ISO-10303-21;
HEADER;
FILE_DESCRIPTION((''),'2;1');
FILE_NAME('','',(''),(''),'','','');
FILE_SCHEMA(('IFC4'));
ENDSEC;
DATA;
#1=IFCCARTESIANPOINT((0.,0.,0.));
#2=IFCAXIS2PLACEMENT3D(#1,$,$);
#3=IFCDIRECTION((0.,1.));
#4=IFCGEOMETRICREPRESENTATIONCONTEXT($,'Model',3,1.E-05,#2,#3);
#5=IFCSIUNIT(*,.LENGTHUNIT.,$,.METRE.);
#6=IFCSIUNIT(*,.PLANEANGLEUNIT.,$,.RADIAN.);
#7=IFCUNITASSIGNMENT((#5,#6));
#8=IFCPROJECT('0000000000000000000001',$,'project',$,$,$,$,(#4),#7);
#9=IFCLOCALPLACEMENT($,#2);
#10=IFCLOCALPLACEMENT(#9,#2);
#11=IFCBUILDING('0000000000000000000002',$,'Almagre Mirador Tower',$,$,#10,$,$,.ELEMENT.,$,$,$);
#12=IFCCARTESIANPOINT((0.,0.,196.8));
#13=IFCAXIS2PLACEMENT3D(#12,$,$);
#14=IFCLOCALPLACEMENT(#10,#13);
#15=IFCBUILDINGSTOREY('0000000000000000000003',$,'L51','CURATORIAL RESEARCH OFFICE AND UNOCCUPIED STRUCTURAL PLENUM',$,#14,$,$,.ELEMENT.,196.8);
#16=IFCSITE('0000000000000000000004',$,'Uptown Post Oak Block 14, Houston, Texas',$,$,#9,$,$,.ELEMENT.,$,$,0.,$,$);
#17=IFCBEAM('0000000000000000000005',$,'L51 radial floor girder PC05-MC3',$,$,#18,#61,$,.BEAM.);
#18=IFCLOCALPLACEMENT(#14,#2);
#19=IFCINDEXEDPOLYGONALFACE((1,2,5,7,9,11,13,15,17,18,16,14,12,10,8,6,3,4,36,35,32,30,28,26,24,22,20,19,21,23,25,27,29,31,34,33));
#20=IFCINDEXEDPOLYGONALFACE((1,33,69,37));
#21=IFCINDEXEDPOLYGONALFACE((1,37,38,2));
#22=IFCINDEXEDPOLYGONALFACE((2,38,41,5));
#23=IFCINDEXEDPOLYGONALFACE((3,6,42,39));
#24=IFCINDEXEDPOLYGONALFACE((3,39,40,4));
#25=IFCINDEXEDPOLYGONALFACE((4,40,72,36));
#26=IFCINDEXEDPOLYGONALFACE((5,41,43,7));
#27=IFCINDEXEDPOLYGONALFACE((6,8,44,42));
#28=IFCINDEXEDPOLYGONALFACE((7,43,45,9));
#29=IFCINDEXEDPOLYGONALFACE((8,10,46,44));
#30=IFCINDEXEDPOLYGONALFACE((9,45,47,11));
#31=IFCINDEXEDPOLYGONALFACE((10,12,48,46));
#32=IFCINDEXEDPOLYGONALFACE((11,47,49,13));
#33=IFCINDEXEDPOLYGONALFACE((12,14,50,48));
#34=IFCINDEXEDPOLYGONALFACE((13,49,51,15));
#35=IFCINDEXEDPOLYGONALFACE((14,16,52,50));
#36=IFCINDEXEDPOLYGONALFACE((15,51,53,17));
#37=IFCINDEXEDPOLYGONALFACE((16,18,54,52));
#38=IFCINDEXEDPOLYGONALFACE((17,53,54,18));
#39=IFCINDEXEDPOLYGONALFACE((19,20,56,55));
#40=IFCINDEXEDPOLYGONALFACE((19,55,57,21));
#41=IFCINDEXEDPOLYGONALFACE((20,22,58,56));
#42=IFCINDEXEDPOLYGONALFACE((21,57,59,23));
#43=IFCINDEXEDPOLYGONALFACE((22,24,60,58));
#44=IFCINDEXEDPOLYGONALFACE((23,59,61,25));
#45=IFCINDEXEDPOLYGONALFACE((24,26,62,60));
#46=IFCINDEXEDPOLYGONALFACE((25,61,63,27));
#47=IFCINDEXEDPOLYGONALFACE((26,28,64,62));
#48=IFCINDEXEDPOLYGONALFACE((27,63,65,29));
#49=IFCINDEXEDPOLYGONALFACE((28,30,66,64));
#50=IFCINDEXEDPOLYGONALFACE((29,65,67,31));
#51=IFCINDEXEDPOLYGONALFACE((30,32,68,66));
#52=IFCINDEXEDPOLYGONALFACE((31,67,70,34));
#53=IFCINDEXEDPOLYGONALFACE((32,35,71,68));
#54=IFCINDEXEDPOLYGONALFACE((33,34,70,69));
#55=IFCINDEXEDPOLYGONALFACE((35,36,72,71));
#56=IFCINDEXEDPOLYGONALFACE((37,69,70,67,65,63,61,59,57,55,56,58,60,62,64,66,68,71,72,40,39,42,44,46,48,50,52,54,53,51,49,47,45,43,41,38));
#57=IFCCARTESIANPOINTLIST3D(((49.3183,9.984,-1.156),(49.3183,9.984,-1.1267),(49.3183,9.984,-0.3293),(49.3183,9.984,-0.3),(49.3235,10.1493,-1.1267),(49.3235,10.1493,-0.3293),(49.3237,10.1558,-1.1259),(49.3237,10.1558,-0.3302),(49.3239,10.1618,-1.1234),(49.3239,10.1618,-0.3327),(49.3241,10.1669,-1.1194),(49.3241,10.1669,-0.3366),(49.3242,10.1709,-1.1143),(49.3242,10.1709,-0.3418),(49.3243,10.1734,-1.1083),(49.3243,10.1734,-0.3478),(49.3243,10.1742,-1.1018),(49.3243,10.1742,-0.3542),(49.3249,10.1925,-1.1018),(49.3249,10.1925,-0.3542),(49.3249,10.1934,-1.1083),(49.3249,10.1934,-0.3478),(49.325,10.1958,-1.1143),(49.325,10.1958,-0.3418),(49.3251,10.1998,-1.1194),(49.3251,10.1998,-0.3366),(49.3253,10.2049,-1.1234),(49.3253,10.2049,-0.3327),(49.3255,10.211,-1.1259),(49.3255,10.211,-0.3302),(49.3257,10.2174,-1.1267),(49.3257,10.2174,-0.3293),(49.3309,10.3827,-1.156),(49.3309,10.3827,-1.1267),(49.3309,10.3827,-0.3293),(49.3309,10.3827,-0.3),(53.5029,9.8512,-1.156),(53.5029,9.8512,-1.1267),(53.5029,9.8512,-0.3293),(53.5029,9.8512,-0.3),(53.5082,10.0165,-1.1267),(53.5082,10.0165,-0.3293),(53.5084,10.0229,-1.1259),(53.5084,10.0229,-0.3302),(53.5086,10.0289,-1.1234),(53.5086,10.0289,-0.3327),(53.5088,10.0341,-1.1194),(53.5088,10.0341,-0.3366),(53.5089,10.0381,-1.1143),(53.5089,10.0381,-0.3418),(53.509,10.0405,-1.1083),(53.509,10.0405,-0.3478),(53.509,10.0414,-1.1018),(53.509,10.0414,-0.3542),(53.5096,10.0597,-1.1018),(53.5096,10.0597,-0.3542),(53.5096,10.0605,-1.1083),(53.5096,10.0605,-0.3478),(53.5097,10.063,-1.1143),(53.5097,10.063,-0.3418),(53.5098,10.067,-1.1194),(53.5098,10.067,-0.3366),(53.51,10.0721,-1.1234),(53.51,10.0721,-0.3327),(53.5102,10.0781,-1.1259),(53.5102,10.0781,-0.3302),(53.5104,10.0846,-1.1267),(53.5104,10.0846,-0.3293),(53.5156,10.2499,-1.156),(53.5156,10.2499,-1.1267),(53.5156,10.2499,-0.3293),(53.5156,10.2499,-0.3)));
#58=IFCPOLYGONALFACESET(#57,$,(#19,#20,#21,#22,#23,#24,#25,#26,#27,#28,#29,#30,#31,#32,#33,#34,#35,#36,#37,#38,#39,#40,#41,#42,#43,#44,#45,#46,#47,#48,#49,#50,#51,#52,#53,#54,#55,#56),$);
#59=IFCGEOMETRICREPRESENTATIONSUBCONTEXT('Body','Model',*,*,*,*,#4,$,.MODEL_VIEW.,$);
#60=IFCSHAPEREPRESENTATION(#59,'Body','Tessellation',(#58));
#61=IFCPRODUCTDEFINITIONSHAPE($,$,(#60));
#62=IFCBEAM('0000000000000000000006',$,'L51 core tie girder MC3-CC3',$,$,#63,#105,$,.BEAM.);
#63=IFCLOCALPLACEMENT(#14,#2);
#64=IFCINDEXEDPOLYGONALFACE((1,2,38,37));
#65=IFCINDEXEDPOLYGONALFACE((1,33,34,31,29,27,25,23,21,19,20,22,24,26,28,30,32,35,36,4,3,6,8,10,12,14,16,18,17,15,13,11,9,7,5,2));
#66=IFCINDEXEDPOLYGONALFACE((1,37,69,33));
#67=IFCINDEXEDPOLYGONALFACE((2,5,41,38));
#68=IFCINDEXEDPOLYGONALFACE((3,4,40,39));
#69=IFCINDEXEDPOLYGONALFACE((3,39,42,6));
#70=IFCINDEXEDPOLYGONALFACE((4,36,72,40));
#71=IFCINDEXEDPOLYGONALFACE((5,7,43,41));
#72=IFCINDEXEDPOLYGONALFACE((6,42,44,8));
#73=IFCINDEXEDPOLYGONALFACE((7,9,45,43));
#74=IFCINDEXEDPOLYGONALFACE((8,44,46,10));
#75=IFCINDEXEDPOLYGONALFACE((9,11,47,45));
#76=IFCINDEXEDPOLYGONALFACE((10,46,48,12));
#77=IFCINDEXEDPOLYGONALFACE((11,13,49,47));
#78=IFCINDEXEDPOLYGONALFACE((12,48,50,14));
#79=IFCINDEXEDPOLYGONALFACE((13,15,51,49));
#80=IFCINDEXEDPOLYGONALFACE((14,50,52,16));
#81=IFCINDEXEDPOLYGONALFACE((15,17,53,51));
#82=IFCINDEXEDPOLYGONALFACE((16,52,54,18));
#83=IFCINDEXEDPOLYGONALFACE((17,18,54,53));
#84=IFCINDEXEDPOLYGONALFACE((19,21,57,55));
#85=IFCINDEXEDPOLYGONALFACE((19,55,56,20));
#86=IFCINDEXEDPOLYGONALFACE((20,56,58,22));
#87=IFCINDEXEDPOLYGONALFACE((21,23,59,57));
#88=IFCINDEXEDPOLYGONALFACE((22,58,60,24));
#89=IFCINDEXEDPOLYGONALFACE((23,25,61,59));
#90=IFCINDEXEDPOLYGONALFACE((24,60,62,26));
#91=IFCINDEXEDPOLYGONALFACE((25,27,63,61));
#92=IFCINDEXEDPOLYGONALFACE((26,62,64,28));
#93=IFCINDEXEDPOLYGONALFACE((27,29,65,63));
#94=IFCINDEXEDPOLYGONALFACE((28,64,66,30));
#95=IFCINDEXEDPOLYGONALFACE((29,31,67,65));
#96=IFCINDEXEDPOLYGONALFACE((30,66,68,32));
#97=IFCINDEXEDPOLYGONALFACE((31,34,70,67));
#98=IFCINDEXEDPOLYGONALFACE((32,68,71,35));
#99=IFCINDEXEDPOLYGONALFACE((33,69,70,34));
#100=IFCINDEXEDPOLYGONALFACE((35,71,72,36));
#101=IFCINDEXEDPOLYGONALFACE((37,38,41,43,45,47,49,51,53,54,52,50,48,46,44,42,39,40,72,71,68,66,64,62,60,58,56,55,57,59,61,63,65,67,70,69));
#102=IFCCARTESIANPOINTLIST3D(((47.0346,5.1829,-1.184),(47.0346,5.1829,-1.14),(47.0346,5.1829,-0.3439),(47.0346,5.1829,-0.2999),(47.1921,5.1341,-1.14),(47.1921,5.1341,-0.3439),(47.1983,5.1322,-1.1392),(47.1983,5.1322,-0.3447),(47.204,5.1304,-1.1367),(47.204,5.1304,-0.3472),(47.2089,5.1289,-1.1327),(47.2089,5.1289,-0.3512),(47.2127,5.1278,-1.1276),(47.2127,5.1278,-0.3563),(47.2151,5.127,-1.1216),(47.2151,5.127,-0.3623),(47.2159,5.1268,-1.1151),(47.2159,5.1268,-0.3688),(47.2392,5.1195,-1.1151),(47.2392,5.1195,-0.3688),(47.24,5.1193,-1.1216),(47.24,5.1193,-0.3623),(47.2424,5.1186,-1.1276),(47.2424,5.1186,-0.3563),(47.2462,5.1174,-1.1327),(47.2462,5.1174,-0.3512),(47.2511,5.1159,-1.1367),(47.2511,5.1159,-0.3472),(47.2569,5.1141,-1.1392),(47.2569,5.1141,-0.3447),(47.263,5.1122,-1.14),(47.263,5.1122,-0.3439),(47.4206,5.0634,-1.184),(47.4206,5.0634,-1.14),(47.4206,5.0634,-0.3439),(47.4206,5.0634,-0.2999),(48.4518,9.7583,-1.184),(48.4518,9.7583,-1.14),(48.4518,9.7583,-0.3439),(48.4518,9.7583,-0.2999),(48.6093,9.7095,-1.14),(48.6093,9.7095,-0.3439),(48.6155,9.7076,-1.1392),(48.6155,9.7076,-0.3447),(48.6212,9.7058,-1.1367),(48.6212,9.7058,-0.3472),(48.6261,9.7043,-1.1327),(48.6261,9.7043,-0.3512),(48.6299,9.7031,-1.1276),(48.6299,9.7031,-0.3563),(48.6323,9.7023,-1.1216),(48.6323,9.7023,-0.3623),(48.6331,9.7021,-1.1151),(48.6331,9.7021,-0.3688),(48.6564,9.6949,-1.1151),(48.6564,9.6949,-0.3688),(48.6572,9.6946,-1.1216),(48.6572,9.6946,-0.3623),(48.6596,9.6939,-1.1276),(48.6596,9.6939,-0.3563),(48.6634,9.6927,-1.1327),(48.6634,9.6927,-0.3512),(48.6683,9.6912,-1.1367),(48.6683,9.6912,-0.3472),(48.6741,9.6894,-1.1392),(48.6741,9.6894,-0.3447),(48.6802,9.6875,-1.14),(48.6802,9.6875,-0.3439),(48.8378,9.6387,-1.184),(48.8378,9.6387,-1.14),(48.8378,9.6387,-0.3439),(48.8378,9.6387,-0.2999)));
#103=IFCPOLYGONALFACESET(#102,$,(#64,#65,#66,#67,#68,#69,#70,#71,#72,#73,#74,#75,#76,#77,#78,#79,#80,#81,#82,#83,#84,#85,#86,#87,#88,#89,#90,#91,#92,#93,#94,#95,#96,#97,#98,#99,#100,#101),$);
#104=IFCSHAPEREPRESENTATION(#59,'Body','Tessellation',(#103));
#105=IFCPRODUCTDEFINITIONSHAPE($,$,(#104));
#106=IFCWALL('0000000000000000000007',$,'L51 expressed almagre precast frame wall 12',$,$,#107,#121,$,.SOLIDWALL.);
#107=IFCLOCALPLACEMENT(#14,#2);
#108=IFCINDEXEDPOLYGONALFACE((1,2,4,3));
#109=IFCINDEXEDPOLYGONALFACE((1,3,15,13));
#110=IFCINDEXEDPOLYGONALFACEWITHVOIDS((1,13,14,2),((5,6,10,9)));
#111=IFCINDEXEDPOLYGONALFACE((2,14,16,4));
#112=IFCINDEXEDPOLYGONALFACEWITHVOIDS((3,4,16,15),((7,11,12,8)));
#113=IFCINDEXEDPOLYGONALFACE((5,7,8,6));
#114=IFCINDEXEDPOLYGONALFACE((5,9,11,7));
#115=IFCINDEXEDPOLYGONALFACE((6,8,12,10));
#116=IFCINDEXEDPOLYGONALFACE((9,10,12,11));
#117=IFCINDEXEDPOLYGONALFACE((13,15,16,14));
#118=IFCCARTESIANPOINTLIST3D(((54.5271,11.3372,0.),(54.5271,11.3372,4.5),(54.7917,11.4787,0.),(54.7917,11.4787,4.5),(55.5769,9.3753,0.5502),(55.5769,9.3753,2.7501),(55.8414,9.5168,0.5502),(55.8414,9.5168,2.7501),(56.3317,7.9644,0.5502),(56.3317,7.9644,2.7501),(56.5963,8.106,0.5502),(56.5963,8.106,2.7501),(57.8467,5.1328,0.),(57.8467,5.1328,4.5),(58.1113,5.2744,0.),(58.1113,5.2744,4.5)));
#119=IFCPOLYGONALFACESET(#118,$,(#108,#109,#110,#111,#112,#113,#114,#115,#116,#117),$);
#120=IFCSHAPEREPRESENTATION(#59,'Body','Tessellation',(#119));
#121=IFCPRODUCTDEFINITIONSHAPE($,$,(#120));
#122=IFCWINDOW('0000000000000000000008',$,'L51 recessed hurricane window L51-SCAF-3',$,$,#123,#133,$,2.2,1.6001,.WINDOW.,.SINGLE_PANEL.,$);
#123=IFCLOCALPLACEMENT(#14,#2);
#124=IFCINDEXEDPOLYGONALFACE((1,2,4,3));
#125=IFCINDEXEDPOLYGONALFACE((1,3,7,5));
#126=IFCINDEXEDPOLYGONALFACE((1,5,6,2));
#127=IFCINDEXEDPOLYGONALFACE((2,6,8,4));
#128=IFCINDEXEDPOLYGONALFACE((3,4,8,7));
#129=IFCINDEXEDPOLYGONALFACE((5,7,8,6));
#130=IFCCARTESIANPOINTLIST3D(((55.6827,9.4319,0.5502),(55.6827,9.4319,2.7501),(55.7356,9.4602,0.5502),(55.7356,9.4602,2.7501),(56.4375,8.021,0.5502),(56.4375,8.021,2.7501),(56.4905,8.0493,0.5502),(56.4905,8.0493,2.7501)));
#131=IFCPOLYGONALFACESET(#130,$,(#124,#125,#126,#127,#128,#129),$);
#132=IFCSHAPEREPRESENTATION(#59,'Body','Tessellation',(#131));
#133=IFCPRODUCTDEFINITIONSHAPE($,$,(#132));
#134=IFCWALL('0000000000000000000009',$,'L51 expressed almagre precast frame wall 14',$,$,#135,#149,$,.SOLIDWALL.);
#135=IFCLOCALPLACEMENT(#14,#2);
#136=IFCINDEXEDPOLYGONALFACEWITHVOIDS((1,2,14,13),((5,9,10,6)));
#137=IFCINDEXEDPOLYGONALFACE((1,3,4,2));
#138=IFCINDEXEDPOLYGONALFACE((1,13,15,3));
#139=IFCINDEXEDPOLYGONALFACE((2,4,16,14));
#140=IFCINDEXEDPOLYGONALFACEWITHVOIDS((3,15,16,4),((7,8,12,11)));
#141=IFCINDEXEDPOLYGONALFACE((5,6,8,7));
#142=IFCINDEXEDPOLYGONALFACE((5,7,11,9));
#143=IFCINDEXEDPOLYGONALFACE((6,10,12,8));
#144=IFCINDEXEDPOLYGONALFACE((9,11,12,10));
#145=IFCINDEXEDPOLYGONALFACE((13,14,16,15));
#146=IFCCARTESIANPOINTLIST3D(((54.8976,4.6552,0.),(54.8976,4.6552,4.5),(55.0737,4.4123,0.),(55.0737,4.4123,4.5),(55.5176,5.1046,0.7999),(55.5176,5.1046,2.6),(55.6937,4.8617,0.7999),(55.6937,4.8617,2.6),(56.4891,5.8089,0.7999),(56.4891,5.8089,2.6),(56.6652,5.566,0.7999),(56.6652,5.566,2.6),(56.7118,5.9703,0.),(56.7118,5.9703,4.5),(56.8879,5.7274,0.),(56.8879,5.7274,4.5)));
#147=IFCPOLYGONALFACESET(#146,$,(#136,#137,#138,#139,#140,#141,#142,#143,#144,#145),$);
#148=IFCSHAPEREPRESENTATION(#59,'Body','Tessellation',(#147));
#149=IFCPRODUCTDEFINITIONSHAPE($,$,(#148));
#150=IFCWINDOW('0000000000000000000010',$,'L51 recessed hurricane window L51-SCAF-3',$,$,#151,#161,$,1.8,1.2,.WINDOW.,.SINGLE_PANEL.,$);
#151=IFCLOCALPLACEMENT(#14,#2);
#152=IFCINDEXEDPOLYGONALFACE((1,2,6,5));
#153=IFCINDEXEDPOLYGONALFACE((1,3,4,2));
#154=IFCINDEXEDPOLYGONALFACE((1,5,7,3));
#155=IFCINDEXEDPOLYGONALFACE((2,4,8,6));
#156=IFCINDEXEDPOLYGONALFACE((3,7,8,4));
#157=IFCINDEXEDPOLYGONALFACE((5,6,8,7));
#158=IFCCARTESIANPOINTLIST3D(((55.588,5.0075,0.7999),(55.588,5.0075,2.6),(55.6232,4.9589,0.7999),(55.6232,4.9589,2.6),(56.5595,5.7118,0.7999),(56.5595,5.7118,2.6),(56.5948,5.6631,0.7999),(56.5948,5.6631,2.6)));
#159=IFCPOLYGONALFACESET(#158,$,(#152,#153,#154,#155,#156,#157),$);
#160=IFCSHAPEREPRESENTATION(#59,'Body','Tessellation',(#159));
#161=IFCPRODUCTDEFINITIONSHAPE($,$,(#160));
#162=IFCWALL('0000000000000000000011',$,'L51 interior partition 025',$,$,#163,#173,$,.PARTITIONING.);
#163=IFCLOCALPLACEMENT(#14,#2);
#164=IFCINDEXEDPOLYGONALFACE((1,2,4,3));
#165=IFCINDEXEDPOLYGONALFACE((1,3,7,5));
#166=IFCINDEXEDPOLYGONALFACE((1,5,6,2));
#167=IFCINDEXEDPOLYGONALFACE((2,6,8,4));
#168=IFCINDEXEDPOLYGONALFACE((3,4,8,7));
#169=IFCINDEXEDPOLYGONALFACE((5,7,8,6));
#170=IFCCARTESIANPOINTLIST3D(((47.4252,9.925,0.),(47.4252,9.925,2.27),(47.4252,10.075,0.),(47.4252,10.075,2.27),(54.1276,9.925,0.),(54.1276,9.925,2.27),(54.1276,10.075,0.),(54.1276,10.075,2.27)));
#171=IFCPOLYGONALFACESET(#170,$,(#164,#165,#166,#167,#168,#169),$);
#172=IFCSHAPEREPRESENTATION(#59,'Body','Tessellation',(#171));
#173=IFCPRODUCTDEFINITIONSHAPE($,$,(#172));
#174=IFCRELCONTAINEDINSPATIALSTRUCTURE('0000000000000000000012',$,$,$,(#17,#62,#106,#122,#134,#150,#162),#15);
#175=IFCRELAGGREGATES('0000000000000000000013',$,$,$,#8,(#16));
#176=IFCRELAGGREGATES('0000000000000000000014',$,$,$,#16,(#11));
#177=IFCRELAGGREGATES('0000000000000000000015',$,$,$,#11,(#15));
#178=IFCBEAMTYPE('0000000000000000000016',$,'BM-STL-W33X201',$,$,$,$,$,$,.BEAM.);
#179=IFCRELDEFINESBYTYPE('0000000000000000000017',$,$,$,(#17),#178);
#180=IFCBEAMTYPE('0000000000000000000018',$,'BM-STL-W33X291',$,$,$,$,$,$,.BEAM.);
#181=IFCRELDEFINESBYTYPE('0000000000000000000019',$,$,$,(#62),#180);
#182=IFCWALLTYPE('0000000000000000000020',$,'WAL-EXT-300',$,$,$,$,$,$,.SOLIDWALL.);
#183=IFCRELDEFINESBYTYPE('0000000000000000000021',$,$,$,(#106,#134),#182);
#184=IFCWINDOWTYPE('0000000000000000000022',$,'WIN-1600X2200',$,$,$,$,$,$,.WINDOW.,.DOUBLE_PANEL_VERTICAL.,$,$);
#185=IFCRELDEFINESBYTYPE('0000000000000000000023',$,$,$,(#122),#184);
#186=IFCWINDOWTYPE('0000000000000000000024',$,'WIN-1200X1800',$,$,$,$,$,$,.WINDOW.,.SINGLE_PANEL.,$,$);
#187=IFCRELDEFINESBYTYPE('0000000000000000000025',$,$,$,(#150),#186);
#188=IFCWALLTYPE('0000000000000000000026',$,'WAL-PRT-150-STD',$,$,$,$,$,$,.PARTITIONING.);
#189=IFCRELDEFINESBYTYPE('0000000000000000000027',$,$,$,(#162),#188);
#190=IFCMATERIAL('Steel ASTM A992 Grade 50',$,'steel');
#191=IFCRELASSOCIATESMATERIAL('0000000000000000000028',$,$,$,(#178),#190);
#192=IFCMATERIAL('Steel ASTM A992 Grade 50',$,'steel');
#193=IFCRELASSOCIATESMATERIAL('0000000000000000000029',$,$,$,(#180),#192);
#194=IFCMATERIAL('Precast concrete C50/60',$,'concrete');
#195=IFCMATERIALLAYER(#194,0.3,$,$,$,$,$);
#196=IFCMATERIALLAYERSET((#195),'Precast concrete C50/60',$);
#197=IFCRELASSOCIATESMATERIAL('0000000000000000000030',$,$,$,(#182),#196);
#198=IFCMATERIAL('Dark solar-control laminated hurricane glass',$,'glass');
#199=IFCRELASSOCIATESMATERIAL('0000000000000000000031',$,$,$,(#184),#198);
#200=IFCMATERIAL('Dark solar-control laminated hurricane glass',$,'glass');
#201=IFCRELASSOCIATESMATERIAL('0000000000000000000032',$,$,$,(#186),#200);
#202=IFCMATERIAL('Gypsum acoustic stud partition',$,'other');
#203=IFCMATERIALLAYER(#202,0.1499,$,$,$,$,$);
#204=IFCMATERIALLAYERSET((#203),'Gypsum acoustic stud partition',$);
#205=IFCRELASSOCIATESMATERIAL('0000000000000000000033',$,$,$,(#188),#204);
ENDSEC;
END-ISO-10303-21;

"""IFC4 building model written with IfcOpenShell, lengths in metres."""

from ifc_helpers import new_model, si_unit, direction, frame, frame_2d, origin, origin_2d, place, context, subcontext, project, spatial, rectangle, i_section, extrude, material, layer, layer_set, material_profile, profile_set, type_object, element, fill, save


model = new_model("IFC4")

# Units and contexts
model_context = context("Model", 3, precision=1e-05, world=origin(), true_north=direction((0.0, 1.0)))
body_context = subcontext(model_context, "Body", "Model", "MODEL_VIEW")
ifc_project = project(units=[si_unit("LENGTHUNIT", "METRE"), si_unit("PLANEANGLEUNIT", "RADIAN")], contexts=[model_context])

# Site, building, storey
site_placement = place(None, origin())
site = spatial("IfcSite", under=ifc_project, at=site_placement, Name="Uptown Post Oak Block 14, Houston, Texas", CompositionType="ELEMENT", RefElevation=0.0)
building_placement = place(site_placement, origin())
building = spatial("IfcBuilding", under=site, at=building_placement, Name="Almagre Mirador Tower", CompositionType="ELEMENT")
storey_placement = place(building_placement, frame((0.0, 0.0, 196.8)))
storey = spatial("IfcBuildingStorey", under=building, at=storey_placement, Name="L51", Description="CURATORIAL RESEARCH OFFICE AND UNOCCUPIED STRUCTURAL PLENUM", CompositionType="ELEMENT", Elevation=196.8)

# Beams
ifc_material_1 = material(Name="Steel ASTM A992 Grade 50", Category="steel")
ifc_material_profile_1 = material_profile(ifc_material_1, i_section(OverallWidth=0.3989, OverallDepth=0.856, WebThickness=0.0183, FlangeThickness=0.0293, FilletRadius=0.0249, at=origin_2d()), Name="W33X201")
ifc_profile_set_1 = profile_set([ifc_material_profile_1], Name="Steel ASTM A992 Grade 50")
beam_type_1 = type_object("IfcBeamType", Name="BM-STL-W33X201", PredefinedType="BEAM", material=ifc_profile_set_1)
beam_1_placement = place(storey_placement, frame((53.5093, 10.0505, -0.728), z_axis=(-0.999497, 0.031723, 0.0), x_axis=(-0.031723, -0.999497, 0.0)))
element("IfcBeam", 1, at=beam_1_placement, inside=storey, type_object=beam_type_1, Name="L51 radial floor girder PC05-MC3", PredefinedType="BEAM", context=body_context, shape_type="SweptSolid", body=[
    extrude(i_section(OverallWidth=0.3989, OverallDepth=0.856, WebThickness=0.0183, FlangeThickness=0.0293, FilletRadius=0.0249, at=origin_2d()), origin(), (0.0, 0.0, 1.0), 4.1868),
])
ifc_material_2 = material(Name="Steel ASTM A992 Grade 50", Category="steel")
ifc_material_profile_2 = material_profile(ifc_material_2, i_section(OverallWidth=0.4041, OverallDepth=0.884, WebThickness=0.0244, FlangeThickness=0.0439, FilletRadius=0.0249, at=origin_2d()), Name="W33X291")
ifc_profile_set_2 = profile_set([ifc_material_profile_2], Name="Steel ASTM A992 Grade 50")
beam_type_2 = type_object("IfcBeamType", Name="BM-STL-W33X291", PredefinedType="BEAM", material=ifc_profile_set_2)
beam_2_placement = place(storey_placement, frame((48.6448, 9.6985, -0.7419), z_axis=(-0.29588, -0.955225, 0.0), x_axis=(0.955225, -0.29588, 0.0)))
element("IfcBeam", 2, at=beam_2_placement, inside=storey, type_object=beam_type_2, Name="L51 core tie girder MC3-CC3", PredefinedType="BEAM", context=body_context, shape_type="SweptSolid", body=[
    extrude(i_section(OverallWidth=0.4041, OverallDepth=0.884, WebThickness=0.0244, FlangeThickness=0.0439, FilletRadius=0.0249, at=origin_2d()), origin(), (0.0, 0.0, 1.0), 4.7898),
])

# Walls, openings, windows
ifc_material_3 = material(Name="Precast concrete C50/60", Category="concrete")
ifc_layer_1 = layer(ifc_material_3, 0.3)
ifc_layer_set_1 = layer_set([ifc_layer_1], Name="Precast concrete C50/60")
wall_type_1 = type_object("IfcWallType", Name="WAL-EXT-300", PredefinedType="SOLIDWALL", material=ifc_layer_set_1)
wall_1_placement = place(storey_placement, frame((54.6594, 11.408, 0.0), z_axis=(0.0, 0.0, 1.0), x_axis=(0.47176, -0.881727, 0.0)))
wall_1 = element("IfcWall", 3, at=wall_1_placement, inside=storey, type_object=wall_type_1, Name="L51 expressed almagre precast frame wall 12", PredefinedType="SOLIDWALL", context=body_context, shape_type="SweptSolid", body=[
    extrude(rectangle(XDim=7.0366, YDim=0.3, at=frame_2d((3.5183, 0.0))), origin(), (0.0, 0.0, 1.0), 4.5),
])
opening_1_placement = place(wall_1_placement, frame((2.2251, 0.0, 0.55)))
opening_1 = element("IfcOpeningElement", 4, at=opening_1_placement, cuts=wall_1, PredefinedType="OPENING", context=body_context, shape_type="SweptSolid", body=[
    extrude(rectangle(XDim=1.6001, YDim=2.2, at=frame_2d((0.8, 1.1001))), frame((0.0, 0.1599, 0.0), z_axis=(0.0, -1.0, 0.0), x_axis=(1.0, 0.0, 0.0)), (0.0, 0.0, 1.0), 0.32),
])
ifc_material_4 = material(Name="Dark solar-control laminated hurricane glass", Category="glass")
window_type_1 = type_object("IfcWindowType", Name="WIN-1600X2200", PartitioningType="DOUBLE_PANEL_VERTICAL", PredefinedType="WINDOW", material=ifc_material_4)
window_1_placement = place(opening_1_placement, origin())
window_1 = element("IfcWindow", 5, at=window_1_placement, inside=storey, type_object=window_type_1, Name="L51 recessed hurricane window L51-SCAF-3", OverallHeight=2.2, OverallWidth=1.6001, PartitioningType="SINGLE_PANEL", PredefinedType="WINDOW", context=body_context, shape_type="SweptSolid", body=[
    extrude(rectangle(XDim=1.6001, YDim=2.2, at=frame_2d((0.8, 1.1001))), frame((0.0, 0.03, 0.0), z_axis=(0.0, -1.0, 0.0), x_axis=(1.0, 0.0, 0.0)), (0.0, 0.0, 1.0), 0.0601),
])
fill(opening_1, window_1)
wall_2_placement = place(storey_placement, frame((56.7998, 5.8489, 0.0), z_axis=(0.0, 0.0, 1.0), x_axis=(-0.809635, -0.586934, 0.0)))
wall_2 = element("IfcWall", 6, at=wall_2_placement, inside=storey, type_object=wall_type_1, Name="L51 expressed almagre precast frame wall 14", PredefinedType="SOLIDWALL", context=body_context, shape_type="SweptSolid", body=[
    extrude(rectangle(XDim=2.2407, YDim=0.3, at=frame_2d((1.1204, 0.0))), origin(), (0.0, 0.0, 1.0), 4.5),
])
opening_2_placement = place(wall_2_placement, frame((0.2749, 0.0, 0.8)))
opening_2 = element("IfcOpeningElement", 7, at=opening_2_placement, cuts=wall_2, PredefinedType="OPENING", context=body_context, shape_type="SweptSolid", body=[
    extrude(rectangle(XDim=1.2, YDim=1.8, at=frame_2d((0.6001, 0.8999))), frame((0.0, 0.1599, 0.0), z_axis=(0.0, -1.0, 0.0), x_axis=(1.0, 0.0, 0.0)), (0.0, 0.0, 1.0), 0.32),
])
ifc_material_5 = material(Name="Dark solar-control laminated hurricane glass", Category="glass")
window_type_2 = type_object("IfcWindowType", Name="WIN-1200X1800", PartitioningType="SINGLE_PANEL", PredefinedType="WINDOW", material=ifc_material_5)
window_2_placement = place(opening_2_placement, origin())
window_2 = element("IfcWindow", 8, at=window_2_placement, inside=storey, type_object=window_type_2, Name="L51 recessed hurricane window L51-SCAF-3", OverallHeight=1.8, OverallWidth=1.2, PartitioningType="SINGLE_PANEL", PredefinedType="WINDOW", context=body_context, shape_type="SweptSolid", body=[
    extrude(rectangle(XDim=1.2, YDim=1.8, at=frame_2d((0.6001, 0.8999))), frame((0.0, 0.03, 0.0), z_axis=(0.0, -1.0, 0.0), x_axis=(1.0, 0.0, 0.0)), (0.0, 0.0, 1.0), 0.0601),
])
fill(opening_2, window_2)

# Wall
ifc_material_6 = material(Name="Gypsum acoustic stud partition", Category="other")
ifc_layer_2 = layer(ifc_material_6, 0.1499)
ifc_layer_set_2 = layer_set([ifc_layer_2], Name="Gypsum acoustic stud partition")
wall_type_2 = type_object("IfcWallType", Name="WAL-PRT-150-STD", PredefinedType="PARTITIONING", material=ifc_layer_set_2)
wall_3_placement = place(storey_placement, frame((54.1274, 10.0, 0.0), z_axis=(0.0, 0.0, 1.0), x_axis=(-1.0, 0.0, 0.0)))
element("IfcWall", 9, at=wall_3_placement, inside=storey, type_object=wall_type_2, Name="L51 interior partition 025", PredefinedType="PARTITIONING", context=body_context, shape_type="SweptSolid", body=[
    extrude(rectangle(XDim=6.7024, YDim=0.1499, at=frame_2d((3.3511, 0.0))), origin(), (0.0, 0.0, 1.0), 2.27),
])

save(model, "model.ifc")
